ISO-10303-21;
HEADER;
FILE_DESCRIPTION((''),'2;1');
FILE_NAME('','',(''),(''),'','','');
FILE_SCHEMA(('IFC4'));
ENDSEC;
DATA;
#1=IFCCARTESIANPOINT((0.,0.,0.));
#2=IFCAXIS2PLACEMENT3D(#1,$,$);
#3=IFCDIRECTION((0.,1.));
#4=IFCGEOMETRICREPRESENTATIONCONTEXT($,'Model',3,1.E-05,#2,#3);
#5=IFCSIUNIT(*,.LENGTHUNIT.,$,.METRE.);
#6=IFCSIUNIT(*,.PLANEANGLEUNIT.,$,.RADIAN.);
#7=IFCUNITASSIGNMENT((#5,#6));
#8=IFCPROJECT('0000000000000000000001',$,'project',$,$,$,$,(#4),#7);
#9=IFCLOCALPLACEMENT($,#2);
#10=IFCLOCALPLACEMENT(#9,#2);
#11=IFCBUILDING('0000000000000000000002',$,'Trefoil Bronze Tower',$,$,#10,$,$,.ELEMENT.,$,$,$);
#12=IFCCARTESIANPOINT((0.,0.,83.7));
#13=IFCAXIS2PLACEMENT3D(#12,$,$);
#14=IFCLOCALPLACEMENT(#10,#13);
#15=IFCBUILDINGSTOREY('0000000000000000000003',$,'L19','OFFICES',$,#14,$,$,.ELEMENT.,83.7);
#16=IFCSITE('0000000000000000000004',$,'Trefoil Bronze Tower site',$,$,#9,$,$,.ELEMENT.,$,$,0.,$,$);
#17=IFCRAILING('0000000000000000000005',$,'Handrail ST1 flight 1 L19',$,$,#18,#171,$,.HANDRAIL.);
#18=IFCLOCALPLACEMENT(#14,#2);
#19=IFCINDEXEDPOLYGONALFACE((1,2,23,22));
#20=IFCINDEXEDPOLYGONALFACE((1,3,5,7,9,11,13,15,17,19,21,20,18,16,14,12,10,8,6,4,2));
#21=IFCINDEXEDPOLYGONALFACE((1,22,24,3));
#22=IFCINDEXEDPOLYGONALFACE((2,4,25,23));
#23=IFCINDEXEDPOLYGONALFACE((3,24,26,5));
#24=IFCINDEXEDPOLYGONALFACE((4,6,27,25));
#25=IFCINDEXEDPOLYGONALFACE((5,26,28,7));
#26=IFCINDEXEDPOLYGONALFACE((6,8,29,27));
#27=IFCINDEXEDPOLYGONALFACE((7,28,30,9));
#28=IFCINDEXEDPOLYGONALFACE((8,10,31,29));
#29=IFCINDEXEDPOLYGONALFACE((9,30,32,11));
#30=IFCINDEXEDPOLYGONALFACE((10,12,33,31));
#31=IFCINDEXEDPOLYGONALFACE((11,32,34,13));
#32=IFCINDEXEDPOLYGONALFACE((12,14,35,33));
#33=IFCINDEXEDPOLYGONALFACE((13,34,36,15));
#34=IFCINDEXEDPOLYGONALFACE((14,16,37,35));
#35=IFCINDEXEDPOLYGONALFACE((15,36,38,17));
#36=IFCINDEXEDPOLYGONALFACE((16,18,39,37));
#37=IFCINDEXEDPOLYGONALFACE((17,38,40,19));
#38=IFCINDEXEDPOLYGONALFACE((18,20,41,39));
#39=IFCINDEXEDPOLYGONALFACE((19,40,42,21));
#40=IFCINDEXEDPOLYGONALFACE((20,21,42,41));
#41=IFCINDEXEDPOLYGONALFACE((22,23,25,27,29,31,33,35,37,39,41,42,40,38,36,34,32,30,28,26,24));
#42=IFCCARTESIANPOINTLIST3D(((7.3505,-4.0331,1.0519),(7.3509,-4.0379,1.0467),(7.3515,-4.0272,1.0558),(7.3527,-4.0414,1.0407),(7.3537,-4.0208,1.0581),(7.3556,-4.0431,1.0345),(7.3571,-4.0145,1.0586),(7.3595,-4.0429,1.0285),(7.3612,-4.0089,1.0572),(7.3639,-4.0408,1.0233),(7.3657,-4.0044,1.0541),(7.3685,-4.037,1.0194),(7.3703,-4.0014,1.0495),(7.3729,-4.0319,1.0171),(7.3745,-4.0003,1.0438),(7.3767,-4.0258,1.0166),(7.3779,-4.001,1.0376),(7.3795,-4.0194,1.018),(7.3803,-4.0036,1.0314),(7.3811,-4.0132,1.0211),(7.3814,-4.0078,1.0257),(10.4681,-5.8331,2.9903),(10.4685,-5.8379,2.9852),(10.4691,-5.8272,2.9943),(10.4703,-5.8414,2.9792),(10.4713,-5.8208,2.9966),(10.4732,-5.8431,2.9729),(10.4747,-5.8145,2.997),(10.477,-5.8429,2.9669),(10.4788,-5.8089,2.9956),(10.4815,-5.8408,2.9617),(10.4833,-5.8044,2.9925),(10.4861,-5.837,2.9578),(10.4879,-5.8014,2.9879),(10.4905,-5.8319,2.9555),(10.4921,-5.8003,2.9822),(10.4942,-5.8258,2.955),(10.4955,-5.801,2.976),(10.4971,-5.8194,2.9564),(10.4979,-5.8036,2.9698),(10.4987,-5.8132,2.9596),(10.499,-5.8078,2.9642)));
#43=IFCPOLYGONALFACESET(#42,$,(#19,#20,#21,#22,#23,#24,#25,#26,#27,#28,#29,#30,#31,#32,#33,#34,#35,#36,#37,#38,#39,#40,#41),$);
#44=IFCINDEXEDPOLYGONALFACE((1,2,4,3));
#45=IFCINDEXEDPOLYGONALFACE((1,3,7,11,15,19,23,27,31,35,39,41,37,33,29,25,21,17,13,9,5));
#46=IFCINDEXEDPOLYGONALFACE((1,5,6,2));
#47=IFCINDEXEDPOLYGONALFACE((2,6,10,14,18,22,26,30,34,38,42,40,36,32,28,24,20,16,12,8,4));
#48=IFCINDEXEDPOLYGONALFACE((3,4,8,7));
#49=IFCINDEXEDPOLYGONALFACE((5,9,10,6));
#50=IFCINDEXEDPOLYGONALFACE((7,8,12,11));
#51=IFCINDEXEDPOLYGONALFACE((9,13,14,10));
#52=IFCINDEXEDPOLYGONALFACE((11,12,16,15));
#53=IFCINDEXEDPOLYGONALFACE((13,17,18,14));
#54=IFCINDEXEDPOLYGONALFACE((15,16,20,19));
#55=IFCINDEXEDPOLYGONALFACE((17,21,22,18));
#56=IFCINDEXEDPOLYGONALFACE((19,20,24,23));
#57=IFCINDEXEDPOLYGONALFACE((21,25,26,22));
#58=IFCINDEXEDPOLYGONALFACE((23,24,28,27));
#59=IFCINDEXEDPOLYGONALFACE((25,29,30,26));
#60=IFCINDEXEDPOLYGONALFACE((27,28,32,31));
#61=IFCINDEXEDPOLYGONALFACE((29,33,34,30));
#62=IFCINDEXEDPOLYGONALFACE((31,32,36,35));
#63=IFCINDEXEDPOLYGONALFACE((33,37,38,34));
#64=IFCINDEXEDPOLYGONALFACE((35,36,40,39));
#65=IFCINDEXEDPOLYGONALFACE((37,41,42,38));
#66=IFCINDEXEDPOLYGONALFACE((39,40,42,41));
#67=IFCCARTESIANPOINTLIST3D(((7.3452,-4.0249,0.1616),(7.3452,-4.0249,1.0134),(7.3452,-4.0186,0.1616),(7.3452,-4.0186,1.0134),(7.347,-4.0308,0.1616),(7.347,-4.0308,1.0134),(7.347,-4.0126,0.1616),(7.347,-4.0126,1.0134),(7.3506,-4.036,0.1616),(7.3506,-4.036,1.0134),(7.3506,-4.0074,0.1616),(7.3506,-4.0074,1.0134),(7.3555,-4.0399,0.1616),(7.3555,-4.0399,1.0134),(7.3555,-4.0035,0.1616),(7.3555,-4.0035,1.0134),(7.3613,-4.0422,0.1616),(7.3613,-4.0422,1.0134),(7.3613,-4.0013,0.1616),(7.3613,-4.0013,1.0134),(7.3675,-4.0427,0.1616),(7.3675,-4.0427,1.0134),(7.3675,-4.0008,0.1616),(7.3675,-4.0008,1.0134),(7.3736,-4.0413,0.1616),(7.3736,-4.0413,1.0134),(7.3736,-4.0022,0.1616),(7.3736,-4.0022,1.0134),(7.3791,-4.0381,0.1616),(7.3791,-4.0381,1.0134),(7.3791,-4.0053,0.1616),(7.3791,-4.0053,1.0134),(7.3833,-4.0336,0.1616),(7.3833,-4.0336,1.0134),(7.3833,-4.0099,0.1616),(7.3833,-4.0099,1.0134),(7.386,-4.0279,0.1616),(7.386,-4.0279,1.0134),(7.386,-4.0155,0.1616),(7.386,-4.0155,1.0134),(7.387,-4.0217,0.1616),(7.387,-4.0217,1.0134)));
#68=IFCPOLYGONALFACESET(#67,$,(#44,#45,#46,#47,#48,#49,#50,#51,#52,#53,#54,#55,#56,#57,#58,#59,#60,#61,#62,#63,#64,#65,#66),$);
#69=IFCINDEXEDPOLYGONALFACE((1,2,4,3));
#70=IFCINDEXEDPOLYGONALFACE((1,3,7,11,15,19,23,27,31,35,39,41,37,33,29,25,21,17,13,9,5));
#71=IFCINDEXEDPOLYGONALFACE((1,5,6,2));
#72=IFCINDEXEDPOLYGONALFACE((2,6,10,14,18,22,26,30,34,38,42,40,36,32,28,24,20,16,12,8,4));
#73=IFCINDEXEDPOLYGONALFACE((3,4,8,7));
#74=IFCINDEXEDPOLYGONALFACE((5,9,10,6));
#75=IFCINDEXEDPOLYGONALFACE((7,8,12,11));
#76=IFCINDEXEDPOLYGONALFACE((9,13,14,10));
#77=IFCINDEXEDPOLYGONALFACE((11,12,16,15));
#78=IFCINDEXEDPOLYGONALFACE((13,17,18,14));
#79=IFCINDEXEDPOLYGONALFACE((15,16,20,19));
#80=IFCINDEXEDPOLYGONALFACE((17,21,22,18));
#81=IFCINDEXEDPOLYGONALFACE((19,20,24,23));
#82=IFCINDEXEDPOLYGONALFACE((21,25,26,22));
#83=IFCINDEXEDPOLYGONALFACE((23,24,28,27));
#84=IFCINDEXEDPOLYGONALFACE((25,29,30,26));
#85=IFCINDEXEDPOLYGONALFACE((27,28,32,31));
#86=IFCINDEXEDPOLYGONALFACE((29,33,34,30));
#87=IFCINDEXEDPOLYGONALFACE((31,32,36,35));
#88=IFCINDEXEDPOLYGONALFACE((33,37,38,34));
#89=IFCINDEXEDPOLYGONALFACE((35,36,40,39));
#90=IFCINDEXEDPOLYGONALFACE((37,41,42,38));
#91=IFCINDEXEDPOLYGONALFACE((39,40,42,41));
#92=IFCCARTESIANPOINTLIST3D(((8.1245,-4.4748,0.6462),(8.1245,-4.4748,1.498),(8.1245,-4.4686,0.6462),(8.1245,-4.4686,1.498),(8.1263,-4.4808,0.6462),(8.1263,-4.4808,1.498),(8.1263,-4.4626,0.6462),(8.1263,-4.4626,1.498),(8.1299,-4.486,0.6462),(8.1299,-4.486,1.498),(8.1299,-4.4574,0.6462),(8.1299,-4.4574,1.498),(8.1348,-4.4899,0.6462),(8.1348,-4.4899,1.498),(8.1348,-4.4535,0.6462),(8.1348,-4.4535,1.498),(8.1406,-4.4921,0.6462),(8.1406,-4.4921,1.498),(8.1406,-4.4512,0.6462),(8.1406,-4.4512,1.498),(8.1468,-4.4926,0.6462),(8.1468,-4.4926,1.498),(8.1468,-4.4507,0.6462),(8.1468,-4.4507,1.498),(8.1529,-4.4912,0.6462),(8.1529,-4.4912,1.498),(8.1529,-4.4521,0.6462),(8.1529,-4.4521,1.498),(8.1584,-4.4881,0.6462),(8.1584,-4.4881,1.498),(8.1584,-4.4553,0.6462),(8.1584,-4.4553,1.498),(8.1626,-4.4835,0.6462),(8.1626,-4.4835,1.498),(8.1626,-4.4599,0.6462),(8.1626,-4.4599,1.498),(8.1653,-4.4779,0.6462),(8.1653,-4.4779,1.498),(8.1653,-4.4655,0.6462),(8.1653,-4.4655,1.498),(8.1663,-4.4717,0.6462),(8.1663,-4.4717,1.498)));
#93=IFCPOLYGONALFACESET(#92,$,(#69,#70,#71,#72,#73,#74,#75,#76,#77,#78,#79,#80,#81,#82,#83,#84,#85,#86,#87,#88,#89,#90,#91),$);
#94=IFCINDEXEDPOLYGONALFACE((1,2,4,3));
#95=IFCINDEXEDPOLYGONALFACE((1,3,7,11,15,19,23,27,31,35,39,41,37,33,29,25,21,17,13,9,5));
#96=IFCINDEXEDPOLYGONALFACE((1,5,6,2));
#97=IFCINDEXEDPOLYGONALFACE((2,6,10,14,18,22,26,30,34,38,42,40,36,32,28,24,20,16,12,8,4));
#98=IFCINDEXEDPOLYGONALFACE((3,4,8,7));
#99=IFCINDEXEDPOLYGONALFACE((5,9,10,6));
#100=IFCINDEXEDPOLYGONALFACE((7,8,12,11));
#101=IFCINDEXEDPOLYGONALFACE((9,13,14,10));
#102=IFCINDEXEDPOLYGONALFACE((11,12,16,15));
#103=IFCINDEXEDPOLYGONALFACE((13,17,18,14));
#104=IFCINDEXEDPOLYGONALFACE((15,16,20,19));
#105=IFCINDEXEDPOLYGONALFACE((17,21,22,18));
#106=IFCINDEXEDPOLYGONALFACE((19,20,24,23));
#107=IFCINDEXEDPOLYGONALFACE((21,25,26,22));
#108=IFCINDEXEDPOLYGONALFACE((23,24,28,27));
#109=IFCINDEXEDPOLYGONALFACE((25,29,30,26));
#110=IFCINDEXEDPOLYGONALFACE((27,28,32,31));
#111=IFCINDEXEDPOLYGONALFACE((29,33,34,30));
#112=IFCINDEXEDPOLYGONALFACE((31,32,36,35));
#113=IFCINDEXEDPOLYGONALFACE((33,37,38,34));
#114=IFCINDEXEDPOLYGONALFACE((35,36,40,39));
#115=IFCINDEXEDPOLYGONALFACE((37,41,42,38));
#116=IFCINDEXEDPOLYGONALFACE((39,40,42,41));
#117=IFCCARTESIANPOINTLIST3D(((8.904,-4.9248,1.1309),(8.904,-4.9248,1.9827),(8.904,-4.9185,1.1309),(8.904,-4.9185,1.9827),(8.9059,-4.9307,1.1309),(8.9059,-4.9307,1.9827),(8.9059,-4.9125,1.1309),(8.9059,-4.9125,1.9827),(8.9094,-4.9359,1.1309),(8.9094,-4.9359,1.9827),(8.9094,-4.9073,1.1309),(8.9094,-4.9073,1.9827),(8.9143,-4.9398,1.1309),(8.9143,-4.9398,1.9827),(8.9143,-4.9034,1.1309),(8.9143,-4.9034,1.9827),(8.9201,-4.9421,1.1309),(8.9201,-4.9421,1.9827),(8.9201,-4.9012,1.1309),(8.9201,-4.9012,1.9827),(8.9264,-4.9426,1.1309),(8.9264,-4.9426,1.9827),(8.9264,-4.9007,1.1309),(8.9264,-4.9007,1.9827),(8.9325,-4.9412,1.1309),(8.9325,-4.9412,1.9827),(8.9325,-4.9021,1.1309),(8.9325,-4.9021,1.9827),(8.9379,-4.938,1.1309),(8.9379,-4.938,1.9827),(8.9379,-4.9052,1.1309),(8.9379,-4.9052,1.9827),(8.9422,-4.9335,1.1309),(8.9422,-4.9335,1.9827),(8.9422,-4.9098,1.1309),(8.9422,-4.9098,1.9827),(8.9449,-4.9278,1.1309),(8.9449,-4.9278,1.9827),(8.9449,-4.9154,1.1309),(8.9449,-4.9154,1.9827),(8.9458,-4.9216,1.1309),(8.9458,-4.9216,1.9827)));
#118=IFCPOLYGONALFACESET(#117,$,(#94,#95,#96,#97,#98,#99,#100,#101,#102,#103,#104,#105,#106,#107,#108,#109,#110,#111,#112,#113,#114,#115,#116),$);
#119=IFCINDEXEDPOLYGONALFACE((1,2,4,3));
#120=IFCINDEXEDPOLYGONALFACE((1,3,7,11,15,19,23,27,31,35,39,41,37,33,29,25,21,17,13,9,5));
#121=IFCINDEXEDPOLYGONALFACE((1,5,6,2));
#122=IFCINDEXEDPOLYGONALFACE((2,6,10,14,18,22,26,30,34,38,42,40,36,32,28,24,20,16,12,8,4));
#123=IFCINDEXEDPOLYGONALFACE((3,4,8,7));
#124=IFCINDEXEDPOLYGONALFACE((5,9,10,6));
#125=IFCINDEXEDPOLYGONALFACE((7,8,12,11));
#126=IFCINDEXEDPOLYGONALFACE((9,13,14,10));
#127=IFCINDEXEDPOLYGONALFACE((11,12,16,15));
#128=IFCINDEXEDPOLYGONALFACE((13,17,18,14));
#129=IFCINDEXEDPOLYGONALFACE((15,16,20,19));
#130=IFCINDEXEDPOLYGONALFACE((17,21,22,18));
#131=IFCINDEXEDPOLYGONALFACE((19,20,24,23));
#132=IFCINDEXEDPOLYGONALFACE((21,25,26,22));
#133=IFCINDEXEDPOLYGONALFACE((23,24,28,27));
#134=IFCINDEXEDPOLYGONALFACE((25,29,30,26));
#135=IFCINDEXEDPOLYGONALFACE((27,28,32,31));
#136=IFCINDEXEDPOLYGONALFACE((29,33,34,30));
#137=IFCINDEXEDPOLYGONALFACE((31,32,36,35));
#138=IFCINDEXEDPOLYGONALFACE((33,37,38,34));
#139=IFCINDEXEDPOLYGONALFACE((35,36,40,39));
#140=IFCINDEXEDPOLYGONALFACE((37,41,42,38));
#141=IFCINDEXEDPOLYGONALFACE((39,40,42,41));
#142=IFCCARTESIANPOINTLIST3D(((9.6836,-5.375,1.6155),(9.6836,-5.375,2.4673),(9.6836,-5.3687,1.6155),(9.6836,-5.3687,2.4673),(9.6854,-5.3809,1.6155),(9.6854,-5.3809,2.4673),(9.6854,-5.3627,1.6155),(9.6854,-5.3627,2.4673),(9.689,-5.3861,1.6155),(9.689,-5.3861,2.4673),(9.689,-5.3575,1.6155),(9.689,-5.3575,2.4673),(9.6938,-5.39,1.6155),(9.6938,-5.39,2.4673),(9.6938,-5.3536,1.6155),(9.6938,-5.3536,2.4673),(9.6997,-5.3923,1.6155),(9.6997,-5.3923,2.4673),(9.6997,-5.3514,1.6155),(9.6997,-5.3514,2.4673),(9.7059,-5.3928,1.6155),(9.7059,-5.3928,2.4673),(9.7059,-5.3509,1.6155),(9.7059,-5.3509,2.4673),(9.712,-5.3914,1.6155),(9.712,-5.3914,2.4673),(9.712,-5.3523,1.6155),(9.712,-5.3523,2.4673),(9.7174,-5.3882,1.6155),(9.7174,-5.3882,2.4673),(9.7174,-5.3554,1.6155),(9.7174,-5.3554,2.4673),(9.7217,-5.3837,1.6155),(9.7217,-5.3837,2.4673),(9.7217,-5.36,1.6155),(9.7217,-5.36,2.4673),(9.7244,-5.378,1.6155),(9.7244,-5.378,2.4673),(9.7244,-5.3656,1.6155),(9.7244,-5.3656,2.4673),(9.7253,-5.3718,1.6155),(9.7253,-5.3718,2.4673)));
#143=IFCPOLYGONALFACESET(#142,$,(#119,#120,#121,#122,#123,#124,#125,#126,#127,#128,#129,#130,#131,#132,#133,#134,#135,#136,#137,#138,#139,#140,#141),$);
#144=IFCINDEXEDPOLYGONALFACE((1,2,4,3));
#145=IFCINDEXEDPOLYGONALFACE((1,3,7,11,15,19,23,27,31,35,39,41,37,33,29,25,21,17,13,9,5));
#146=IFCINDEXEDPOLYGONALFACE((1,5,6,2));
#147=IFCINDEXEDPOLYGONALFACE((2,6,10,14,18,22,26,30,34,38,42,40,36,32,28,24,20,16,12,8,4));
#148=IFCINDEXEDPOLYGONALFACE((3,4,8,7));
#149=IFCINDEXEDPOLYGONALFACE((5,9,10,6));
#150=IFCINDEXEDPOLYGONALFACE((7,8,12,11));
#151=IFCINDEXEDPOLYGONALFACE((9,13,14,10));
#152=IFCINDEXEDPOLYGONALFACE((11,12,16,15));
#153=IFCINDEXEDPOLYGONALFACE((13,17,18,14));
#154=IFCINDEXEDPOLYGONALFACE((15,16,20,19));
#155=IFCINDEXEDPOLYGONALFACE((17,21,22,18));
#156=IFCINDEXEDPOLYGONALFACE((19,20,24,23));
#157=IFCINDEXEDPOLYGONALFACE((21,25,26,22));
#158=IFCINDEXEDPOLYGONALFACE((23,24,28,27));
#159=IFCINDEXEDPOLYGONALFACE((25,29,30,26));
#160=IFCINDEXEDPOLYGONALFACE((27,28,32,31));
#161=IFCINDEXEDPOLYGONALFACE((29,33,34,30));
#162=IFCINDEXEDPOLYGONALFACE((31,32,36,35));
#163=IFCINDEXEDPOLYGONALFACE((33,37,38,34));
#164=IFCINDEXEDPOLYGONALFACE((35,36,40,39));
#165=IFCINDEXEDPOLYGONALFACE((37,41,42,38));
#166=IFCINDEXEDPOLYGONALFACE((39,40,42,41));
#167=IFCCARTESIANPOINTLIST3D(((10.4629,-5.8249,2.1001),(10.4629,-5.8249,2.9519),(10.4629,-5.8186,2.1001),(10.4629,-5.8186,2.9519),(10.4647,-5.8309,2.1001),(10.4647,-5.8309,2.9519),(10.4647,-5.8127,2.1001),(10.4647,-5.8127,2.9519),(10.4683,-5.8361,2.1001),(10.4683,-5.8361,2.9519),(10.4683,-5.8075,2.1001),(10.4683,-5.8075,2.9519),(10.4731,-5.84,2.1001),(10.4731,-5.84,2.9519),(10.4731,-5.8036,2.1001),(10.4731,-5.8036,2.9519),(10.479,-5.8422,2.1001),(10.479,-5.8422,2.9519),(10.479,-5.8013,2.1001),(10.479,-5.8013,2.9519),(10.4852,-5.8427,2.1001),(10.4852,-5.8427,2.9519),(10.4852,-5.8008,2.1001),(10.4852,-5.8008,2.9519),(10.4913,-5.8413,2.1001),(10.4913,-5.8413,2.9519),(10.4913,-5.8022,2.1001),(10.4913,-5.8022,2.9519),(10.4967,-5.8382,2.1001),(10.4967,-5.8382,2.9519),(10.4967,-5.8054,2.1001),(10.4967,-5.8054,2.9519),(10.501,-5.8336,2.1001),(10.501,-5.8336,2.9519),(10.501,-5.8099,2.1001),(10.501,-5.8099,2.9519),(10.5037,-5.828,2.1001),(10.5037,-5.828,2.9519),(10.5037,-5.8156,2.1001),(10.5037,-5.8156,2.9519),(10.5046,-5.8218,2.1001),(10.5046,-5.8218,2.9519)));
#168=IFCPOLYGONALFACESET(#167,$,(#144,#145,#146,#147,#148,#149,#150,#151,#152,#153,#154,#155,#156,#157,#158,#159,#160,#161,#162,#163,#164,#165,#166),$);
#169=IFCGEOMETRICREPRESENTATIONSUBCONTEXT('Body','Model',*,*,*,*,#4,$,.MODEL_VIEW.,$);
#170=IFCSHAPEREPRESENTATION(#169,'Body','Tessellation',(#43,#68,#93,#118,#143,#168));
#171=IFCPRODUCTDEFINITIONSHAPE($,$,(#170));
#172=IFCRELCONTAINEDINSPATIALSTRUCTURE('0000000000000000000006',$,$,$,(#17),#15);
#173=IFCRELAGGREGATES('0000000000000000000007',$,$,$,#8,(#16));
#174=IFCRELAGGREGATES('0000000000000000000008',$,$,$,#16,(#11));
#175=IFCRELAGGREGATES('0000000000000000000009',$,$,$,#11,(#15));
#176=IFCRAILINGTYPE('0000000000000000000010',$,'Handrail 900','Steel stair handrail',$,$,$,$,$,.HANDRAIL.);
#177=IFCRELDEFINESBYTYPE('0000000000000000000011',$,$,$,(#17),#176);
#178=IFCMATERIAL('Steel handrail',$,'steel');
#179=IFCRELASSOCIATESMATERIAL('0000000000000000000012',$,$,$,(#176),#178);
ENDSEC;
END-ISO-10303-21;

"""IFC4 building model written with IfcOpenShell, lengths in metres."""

from ifc_helpers import new_model, si_unit, direction, frame, origin, origin_2d, place, context, subcontext, project, spatial, circle, extrude, material, type_object, element, save


model = new_model("IFC4")

# Units and contexts
model_context = context("Model", 3, precision=1e-05, world=origin(), true_north=direction((0.0, 1.0)))
body_context = subcontext(model_context, "Body", "Model", "MODEL_VIEW")
ifc_project = project(units=[si_unit("LENGTHUNIT", "METRE"), si_unit("PLANEANGLEUNIT", "RADIAN")], contexts=[model_context])

# Site, building, storey
site_placement = place(None, origin())
site = spatial("IfcSite", under=ifc_project, at=site_placement, Name="Trefoil Bronze Tower site", CompositionType="ELEMENT", RefElevation=0.0)
building_placement = place(site_placement, origin())
building = spatial("IfcBuilding", under=site, at=building_placement, Name="Trefoil Bronze Tower", CompositionType="ELEMENT")
storey_placement = place(building_placement, frame((0.0, 0.0, 83.7)))
storey = spatial("IfcBuildingStorey", under=building, at=storey_placement, Name="L19", Description="OFFICES", CompositionType="ELEMENT", Elevation=83.7)

# Railing
ifc_material_1 = material(Name="Steel handrail", Category="steel")
railing_type = type_object("IfcRailingType", Name="Handrail 900", Description="Steel stair handrail", PredefinedType="HANDRAIL", material=ifc_material_1)
railing_1_placement = place(storey_placement, frame((7.366, -4.0217, 0.1616)))
element("IfcRailing", 1, at=railing_1_placement, inside=storey, type_object=railing_type, Name="Handrail ST1 flight 1 L19", PredefinedType="HANDRAIL", context=body_context, shape_type="SweptSolid", body=[
    extrude(circle(Radius=0.0239, at=origin_2d()), frame((0.0, 0.0, 0.876), z_axis=(0.762503, -0.440246, 0.474102), x_axis=(0.500012, 0.866018, 0.0)), (0.0, 0.0, 1.0), 4.0886),
    extrude(circle(Radius=0.021, at=origin_2d()), origin(), (0.0, 0.0, 1.0), 0.8518),
    extrude(circle(Radius=0.021, at=origin_2d()), frame((0.7793, -0.45, 0.4846)), (0.0, 0.0, 1.0), 0.8518),
    extrude(circle(Radius=0.021, at=origin_2d()), frame((1.5588, -0.8999, 0.9692)), (0.0, 0.0, 1.0), 0.8518),
    extrude(circle(Radius=0.021, at=origin_2d()), frame((2.3384, -1.3501, 1.4539)), (0.0, 0.0, 1.0), 0.8518),
    extrude(circle(Radius=0.021, at=origin_2d()), frame((3.1177, -1.8, 1.9385)), (0.0, 0.0, 1.0), 0.8518),
])

save(model, "model.ifc")
